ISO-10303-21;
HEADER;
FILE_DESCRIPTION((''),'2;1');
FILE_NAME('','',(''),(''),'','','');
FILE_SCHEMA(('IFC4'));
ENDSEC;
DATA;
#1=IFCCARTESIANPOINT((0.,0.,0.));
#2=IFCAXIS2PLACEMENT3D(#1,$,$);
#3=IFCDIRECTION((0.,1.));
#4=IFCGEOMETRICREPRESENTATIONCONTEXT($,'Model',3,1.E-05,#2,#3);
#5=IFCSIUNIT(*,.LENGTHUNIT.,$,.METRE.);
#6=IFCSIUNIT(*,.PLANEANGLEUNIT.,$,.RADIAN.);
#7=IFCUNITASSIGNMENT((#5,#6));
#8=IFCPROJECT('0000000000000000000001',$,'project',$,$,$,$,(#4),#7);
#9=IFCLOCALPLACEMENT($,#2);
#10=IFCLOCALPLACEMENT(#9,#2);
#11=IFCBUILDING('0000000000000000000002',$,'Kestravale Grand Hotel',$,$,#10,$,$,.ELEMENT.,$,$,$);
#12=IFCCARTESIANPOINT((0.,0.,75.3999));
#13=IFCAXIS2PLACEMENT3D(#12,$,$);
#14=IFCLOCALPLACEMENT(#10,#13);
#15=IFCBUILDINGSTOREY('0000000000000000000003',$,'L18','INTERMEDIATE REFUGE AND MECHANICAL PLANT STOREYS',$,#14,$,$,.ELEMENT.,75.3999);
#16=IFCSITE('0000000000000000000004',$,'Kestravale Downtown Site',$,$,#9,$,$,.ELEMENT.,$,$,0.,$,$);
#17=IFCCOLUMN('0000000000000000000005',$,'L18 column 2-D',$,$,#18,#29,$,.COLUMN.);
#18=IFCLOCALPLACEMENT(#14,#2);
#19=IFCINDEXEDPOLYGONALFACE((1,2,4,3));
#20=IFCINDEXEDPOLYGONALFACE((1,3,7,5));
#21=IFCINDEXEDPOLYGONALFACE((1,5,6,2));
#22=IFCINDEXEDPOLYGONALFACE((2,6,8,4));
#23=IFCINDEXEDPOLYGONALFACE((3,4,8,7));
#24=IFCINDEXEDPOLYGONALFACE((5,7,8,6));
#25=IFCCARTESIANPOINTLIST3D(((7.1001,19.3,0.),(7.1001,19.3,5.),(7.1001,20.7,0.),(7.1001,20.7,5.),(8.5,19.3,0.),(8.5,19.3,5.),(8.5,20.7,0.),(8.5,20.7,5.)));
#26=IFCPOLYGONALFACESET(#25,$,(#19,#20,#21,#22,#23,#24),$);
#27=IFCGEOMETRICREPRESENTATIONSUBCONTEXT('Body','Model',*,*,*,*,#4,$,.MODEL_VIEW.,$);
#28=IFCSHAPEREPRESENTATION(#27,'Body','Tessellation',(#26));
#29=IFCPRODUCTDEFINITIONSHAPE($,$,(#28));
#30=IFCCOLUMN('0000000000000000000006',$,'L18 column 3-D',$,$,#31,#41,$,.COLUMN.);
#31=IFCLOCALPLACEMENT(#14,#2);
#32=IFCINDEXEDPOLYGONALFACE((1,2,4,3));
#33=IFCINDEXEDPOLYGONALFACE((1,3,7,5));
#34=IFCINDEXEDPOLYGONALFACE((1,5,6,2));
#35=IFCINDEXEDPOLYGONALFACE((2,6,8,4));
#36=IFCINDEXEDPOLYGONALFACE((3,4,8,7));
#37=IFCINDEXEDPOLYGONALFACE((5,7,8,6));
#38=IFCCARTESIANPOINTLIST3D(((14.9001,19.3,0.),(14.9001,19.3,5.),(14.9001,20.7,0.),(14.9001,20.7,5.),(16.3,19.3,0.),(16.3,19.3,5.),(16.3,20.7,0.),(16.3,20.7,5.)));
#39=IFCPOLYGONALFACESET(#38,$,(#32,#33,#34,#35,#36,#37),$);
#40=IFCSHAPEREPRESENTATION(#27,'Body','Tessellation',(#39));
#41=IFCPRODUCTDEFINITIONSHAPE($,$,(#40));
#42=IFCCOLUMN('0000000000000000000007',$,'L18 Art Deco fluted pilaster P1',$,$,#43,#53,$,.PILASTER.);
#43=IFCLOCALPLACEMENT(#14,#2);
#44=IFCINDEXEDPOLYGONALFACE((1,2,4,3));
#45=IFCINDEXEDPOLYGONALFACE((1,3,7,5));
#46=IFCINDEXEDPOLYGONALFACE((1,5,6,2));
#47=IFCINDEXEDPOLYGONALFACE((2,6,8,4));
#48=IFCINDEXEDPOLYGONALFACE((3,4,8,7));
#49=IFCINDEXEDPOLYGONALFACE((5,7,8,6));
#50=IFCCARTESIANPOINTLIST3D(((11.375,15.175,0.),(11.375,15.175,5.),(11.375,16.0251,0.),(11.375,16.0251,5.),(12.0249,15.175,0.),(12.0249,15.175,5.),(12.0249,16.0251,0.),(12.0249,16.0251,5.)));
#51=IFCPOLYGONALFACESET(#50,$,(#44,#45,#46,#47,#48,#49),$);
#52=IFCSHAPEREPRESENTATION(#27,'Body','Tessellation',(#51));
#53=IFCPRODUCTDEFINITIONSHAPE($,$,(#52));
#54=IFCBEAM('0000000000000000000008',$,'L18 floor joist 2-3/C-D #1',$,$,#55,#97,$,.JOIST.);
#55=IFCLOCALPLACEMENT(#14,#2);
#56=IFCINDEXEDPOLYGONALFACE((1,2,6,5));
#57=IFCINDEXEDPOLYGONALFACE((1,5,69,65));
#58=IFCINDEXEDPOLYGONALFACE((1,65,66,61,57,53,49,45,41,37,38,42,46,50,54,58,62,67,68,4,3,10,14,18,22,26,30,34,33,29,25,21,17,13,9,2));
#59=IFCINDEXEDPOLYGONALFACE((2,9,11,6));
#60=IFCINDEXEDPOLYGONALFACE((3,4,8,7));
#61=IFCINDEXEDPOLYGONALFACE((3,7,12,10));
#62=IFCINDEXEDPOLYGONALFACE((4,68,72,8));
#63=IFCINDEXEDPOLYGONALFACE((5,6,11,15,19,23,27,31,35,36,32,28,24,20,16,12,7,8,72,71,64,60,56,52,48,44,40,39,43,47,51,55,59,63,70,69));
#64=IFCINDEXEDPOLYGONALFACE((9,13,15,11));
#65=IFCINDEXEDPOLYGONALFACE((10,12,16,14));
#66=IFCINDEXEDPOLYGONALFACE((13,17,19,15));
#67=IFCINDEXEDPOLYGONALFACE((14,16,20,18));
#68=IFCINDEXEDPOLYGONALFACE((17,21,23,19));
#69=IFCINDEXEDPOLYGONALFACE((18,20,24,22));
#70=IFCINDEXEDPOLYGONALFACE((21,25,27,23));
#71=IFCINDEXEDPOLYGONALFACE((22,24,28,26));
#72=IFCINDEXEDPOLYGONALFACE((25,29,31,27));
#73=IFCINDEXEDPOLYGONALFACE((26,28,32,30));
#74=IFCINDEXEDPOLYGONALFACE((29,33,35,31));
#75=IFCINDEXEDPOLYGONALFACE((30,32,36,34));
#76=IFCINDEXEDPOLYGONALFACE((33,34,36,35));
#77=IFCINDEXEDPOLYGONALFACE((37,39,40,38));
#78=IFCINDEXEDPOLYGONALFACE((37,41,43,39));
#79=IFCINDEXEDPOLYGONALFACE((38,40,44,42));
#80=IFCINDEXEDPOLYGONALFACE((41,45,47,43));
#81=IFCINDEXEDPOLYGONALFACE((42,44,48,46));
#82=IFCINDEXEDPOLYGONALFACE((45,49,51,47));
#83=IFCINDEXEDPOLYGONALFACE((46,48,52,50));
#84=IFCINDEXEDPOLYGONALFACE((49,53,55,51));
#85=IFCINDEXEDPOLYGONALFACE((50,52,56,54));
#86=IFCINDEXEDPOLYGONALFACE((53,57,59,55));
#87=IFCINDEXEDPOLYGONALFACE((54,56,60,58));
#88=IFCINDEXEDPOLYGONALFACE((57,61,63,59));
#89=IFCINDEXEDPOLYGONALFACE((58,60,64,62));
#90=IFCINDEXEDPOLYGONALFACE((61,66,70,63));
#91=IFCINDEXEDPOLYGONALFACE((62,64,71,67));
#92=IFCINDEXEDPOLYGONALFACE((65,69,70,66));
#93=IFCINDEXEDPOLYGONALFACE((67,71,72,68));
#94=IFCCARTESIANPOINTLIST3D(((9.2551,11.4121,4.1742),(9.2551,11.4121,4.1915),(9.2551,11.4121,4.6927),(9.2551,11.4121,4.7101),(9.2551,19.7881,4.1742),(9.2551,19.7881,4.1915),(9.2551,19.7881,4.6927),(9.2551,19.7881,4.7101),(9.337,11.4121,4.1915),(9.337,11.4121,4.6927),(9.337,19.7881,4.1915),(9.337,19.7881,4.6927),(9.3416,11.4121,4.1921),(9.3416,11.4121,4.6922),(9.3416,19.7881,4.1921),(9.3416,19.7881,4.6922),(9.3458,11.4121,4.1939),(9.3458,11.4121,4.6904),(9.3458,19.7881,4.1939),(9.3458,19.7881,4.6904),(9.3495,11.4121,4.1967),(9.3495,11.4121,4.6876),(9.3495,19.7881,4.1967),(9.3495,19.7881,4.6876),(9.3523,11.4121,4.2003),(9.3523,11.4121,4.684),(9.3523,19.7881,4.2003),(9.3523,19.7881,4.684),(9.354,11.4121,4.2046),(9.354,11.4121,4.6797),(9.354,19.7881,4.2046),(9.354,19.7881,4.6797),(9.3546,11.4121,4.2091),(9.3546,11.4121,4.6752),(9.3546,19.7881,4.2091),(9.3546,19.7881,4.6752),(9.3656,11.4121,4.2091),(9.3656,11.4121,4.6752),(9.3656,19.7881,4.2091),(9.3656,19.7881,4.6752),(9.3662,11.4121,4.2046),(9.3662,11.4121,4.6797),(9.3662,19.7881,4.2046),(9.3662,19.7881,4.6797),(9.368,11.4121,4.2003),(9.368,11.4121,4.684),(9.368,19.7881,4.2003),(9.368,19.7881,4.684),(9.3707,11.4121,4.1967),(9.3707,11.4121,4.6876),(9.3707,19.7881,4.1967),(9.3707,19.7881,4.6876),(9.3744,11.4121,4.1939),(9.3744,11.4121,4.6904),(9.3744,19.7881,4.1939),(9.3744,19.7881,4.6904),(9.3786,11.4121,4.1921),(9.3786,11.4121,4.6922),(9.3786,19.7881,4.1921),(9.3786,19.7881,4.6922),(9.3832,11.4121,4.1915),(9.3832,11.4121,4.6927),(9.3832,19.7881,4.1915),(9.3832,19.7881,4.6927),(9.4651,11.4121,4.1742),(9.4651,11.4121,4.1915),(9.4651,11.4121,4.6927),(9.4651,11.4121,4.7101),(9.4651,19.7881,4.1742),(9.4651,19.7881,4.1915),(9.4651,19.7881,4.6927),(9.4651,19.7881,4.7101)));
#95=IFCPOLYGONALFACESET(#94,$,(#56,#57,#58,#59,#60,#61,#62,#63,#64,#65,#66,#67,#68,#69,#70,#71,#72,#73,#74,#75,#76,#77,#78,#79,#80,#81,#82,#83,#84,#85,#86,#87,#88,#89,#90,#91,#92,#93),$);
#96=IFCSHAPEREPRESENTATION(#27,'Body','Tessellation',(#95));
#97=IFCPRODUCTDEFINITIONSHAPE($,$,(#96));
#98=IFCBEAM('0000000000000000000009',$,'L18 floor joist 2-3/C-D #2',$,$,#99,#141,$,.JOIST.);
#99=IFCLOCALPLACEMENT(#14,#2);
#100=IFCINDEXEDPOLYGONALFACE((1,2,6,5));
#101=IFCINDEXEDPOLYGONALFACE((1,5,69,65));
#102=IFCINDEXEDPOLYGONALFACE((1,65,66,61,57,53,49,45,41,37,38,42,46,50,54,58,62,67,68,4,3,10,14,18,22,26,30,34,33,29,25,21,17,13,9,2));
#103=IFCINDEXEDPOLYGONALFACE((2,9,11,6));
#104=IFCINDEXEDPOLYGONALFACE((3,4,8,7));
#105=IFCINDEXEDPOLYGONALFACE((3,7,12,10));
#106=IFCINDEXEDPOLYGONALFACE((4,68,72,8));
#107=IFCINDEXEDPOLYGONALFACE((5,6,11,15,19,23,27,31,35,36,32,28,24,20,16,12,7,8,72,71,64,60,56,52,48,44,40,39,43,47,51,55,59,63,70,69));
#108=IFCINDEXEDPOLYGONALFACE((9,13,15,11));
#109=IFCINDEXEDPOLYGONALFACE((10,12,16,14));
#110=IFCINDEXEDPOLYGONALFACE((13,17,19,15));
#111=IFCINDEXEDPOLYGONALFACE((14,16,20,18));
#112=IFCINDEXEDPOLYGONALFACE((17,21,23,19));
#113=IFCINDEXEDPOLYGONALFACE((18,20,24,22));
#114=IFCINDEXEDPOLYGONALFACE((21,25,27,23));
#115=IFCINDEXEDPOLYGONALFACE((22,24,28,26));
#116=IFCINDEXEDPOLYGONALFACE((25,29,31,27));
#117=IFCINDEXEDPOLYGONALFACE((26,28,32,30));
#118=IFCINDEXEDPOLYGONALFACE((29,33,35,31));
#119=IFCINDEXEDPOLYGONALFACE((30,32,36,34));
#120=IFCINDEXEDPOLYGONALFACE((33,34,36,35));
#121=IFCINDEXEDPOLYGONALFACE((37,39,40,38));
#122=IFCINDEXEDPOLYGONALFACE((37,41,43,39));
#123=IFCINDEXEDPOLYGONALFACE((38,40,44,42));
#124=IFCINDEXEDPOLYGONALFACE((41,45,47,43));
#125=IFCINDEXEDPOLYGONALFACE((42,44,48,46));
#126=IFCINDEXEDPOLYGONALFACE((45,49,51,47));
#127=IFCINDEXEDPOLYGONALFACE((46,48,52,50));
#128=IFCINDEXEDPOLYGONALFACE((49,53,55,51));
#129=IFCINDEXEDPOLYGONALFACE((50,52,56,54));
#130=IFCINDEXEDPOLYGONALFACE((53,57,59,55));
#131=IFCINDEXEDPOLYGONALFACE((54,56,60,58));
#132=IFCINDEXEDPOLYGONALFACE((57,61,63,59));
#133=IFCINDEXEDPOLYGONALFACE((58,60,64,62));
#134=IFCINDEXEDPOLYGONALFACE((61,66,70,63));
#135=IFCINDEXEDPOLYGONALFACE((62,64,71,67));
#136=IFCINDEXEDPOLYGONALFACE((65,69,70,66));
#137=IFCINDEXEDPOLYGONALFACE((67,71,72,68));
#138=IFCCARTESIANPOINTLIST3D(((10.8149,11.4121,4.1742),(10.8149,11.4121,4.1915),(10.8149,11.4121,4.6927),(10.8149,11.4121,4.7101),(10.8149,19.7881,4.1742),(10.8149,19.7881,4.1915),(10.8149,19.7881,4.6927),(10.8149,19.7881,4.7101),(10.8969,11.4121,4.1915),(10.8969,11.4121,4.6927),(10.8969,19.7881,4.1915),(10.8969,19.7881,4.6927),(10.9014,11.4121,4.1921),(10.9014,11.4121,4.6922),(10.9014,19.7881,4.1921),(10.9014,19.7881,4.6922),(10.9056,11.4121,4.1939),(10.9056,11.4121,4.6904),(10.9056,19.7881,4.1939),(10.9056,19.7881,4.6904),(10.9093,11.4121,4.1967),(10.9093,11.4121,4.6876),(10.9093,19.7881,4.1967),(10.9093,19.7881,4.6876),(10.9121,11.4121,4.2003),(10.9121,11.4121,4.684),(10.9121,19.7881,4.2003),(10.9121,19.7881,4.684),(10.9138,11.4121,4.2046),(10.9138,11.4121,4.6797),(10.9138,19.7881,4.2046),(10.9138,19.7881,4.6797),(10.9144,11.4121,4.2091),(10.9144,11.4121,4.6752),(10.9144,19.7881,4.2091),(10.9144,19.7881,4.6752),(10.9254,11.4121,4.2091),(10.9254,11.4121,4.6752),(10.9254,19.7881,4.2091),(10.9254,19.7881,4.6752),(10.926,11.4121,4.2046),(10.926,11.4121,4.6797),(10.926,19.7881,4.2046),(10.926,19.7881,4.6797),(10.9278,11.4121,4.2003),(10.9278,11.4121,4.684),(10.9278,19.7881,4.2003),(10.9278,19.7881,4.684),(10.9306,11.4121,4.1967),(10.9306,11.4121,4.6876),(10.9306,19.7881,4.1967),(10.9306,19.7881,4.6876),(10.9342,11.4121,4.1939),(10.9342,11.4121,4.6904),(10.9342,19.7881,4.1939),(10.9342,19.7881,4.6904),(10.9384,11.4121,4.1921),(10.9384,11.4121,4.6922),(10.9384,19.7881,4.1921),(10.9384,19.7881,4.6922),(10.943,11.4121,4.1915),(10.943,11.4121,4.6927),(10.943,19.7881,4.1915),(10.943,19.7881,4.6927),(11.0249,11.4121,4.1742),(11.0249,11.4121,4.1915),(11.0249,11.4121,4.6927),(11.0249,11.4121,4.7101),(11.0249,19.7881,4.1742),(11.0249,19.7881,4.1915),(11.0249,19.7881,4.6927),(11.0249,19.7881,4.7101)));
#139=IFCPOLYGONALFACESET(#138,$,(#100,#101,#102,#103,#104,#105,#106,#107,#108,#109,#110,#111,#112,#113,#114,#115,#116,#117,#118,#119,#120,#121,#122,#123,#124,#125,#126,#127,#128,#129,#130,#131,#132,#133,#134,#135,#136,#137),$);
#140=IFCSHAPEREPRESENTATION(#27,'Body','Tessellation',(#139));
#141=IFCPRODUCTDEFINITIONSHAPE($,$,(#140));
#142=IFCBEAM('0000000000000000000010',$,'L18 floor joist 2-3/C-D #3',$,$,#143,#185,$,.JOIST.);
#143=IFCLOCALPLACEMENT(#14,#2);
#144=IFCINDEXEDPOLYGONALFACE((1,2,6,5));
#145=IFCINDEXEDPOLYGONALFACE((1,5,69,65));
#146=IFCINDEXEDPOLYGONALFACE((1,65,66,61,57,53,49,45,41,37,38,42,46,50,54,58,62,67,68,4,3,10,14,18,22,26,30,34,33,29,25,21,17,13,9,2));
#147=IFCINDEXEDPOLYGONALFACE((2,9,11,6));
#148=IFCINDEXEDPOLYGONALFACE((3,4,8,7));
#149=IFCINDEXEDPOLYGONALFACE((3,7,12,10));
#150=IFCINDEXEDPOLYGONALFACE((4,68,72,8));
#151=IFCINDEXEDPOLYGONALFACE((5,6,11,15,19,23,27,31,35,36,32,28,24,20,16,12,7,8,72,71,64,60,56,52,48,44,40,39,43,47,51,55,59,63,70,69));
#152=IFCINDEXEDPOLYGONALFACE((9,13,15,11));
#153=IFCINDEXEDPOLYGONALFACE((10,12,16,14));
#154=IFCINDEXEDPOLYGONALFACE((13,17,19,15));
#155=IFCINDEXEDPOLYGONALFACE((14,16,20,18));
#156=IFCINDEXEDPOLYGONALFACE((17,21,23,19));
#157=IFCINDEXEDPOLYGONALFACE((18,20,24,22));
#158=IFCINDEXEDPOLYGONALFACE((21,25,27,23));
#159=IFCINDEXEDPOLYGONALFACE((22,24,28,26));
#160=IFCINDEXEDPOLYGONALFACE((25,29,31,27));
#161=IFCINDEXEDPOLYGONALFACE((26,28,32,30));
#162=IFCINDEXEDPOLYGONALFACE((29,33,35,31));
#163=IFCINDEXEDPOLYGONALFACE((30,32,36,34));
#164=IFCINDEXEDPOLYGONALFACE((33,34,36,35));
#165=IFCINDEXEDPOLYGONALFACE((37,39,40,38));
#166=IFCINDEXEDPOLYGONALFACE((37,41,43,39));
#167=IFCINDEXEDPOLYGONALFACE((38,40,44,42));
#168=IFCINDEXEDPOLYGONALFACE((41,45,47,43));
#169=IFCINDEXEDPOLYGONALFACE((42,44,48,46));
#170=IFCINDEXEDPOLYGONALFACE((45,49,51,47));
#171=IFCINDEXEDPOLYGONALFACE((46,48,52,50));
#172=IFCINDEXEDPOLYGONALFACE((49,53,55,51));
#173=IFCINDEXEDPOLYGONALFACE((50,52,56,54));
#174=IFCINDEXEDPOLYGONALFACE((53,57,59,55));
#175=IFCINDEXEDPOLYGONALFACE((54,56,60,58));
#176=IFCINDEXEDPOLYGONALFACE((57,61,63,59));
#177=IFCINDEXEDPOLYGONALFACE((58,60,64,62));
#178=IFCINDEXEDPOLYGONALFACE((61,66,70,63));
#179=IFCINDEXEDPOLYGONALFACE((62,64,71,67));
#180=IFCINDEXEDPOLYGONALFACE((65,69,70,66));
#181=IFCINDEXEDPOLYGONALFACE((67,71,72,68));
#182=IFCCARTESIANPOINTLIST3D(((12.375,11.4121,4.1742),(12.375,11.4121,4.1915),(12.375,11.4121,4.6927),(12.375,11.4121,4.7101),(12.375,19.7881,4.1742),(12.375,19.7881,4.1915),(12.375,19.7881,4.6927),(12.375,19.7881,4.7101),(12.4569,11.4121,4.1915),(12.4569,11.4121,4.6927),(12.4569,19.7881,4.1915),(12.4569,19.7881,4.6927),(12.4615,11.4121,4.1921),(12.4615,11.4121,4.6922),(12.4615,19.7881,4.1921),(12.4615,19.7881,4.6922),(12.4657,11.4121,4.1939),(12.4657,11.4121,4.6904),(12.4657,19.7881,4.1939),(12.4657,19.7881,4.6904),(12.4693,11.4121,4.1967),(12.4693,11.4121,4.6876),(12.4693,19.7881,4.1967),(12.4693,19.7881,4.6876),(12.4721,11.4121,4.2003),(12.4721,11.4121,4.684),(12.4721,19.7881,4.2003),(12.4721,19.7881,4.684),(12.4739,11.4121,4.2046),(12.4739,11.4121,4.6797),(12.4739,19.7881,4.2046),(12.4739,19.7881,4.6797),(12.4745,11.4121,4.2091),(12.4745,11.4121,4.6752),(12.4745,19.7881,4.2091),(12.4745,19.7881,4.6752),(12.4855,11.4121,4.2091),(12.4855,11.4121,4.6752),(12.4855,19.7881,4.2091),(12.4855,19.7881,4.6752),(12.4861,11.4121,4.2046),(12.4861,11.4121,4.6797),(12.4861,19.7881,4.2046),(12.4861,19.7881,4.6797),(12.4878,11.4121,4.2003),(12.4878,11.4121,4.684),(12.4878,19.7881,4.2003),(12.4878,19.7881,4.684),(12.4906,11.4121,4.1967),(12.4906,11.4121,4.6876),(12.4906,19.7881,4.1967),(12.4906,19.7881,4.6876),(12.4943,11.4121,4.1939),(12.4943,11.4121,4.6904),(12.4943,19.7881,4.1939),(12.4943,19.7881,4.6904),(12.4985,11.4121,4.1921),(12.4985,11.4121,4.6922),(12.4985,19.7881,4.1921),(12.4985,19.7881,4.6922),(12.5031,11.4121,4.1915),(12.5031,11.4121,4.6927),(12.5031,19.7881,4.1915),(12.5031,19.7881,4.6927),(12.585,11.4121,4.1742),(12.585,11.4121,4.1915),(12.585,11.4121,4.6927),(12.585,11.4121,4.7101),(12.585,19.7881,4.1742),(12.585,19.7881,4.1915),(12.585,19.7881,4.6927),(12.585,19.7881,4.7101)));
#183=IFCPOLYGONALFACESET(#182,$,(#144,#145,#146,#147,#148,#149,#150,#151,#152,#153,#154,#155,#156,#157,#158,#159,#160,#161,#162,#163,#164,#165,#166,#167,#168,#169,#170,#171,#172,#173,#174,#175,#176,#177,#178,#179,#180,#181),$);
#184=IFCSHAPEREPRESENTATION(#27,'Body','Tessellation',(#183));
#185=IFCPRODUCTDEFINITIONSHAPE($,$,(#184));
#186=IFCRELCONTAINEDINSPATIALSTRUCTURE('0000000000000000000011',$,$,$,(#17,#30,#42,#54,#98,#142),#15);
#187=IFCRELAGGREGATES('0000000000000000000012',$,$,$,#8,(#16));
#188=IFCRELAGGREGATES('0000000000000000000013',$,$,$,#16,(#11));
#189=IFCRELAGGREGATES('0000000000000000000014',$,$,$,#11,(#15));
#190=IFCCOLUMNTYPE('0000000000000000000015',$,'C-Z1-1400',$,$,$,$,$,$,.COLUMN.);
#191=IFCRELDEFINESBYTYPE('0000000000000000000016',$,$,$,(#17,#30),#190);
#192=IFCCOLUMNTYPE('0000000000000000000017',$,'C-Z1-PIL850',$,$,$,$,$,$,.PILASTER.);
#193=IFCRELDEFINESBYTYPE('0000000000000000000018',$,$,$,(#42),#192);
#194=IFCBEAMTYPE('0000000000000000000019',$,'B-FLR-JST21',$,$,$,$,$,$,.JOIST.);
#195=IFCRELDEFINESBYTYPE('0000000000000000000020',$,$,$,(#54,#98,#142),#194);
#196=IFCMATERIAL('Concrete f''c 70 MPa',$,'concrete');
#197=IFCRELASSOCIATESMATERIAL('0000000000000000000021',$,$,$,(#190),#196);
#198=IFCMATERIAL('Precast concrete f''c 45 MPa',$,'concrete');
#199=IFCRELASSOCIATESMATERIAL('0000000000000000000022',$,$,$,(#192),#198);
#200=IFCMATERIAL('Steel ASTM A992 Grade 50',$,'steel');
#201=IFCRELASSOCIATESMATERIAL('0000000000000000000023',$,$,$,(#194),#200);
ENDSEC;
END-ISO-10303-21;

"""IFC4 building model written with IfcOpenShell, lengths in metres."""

from ifc_helpers import new_model, si_unit, direction, frame, origin, origin_2d, place, context, subcontext, project, spatial, rectangle, i_section, extrude, material, material_profile, profile_set, type_object, element, save


model = new_model("IFC4")

# Units and contexts
model_context = context("Model", 3, precision=1e-05, world=origin(), true_north=direction((0.0, 1.0)))
body_context = subcontext(model_context, "Body", "Model", "MODEL_VIEW")
ifc_project = project(units=[si_unit("LENGTHUNIT", "METRE"), si_unit("PLANEANGLEUNIT", "RADIAN")], contexts=[model_context])

# Site, building, storey
site_placement = place(None, origin())
site = spatial("IfcSite", under=ifc_project, at=site_placement, Name="Kestravale Downtown Site", CompositionType="ELEMENT", RefElevation=0.0)
building_placement = place(site_placement, origin())
building = spatial("IfcBuilding", under=site, at=building_placement, Name="Kestravale Grand Hotel", CompositionType="ELEMENT")
storey_placement = place(building_placement, frame((0.0, 0.0, 75.3999)))
storey = spatial("IfcBuildingStorey", under=building, at=storey_placement, Name="L18", Description="INTERMEDIATE REFUGE AND MECHANICAL PLANT STOREYS", CompositionType="ELEMENT", Elevation=75.3999)

# Columns
ifc_material_1 = material(Name="Concrete f'c 70 MPa", Category="concrete")
ifc_material_profile_1 = material_profile(ifc_material_1, rectangle(XDim=1.3999, YDim=1.3999, at=origin_2d()))
ifc_profile_set_1 = profile_set([ifc_material_profile_1], Name="Concrete f'c 70 MPa")
column_type_1 = type_object("IfcColumnType", Name="C-Z1-1400", PredefinedType="COLUMN", material=ifc_profile_set_1)
for number, where, z_axis, x_axis, name in (
    (1, (7.8, 20.0, 0.0), (0.0, 0.0, 1.0), (1.0, 0.0, 0.0), "L18 column 2-D"),
    (2, (15.6001, 20.0, 0.0), (0.0, 0.0, 1.0), (1.0, 0.0, 0.0), "L18 column 3-D"),
):
    element("IfcColumn", number, at=place(storey_placement, frame(where, z_axis=z_axis, x_axis=x_axis)), inside=storey, type_object=column_type_1, Name=name, PredefinedType="COLUMN", context=body_context, shape_type="SweptSolid", body=[
        extrude(rectangle(XDim=1.3999, YDim=1.3999, at=origin_2d()), origin(), (0.0, 0.0, 1.0), 5.0),
    ])
ifc_material_2 = material(Name="Precast concrete f'c 45 MPa", Category="concrete")
ifc_material_profile_2 = material_profile(ifc_material_2, rectangle(XDim=0.6499, YDim=0.8501, at=origin_2d()))
ifc_profile_set_2 = profile_set([ifc_material_profile_2], Name="Precast concrete f'c 45 MPa")
column_type_2 = type_object("IfcColumnType", Name="C-Z1-PIL850", PredefinedType="PILASTER", material=ifc_profile_set_2)
column_placement = place(storey_placement, frame((11.7, 15.6001, 0.0), z_axis=(0.0, 0.0, 1.0), x_axis=(1.0, 0.0, 0.0)))
element("IfcColumn", 3, at=column_placement, inside=storey, type_object=column_type_2, Name="L18 Art Deco fluted pilaster P1", PredefinedType="PILASTER", context=body_context, shape_type="SweptSolid", body=[
    extrude(rectangle(XDim=0.6499, YDim=0.8501, at=origin_2d()), origin(), (0.0, 0.0, 1.0), 5.0),
])

# Beams
ifc_material_3 = material(Name="Steel ASTM A992 Grade 50", Category="steel")
ifc_material_profile_3 = material_profile(ifc_material_3, i_section(OverallWidth=0.21, OverallDepth=0.5359, WebThickness=0.011, FlangeThickness=0.0173, FilletRadius=0.0176, at=origin_2d()))
ifc_profile_set_3 = profile_set([ifc_material_profile_3], Name="Steel ASTM A992 Grade 50")
beam_type_1 = type_object("IfcBeamType", Name="B-FLR-JST21", PredefinedType="JOIST", material=ifc_profile_set_3)
for number, where, z_axis, x_axis, name in (
    (4, (9.3601, 11.4121, 4.4421), (0.0, 1.0, 0.0), (-1.0, 0.0, 0.0), "L18 floor joist 2-3/C-D #1"),
    (5, (10.9199, 11.4121, 4.4421), (0.0, 1.0, 0.0), (-1.0, 0.0, 0.0), "L18 floor joist 2-3/C-D #2"),
    (6, (12.48, 11.4121, 4.4421), (0.0, 1.0, 0.0), (-1.0, 0.0, 0.0), "L18 floor joist 2-3/C-D #3"),
):
    element("IfcBeam", number, at=place(storey_placement, frame(where, z_axis=z_axis, x_axis=x_axis)), inside=storey, type_object=beam_type_1, Name=name, PredefinedType="JOIST", context=body_context, shape_type="SweptSolid", body=[
        extrude(i_section(OverallWidth=0.21, OverallDepth=0.5359, WebThickness=0.011, FlangeThickness=0.0173, FilletRadius=0.0176, at=origin_2d()), origin(), (0.0, 0.0, 1.0), 8.376),
    ])

save(model, "model.ifc")
